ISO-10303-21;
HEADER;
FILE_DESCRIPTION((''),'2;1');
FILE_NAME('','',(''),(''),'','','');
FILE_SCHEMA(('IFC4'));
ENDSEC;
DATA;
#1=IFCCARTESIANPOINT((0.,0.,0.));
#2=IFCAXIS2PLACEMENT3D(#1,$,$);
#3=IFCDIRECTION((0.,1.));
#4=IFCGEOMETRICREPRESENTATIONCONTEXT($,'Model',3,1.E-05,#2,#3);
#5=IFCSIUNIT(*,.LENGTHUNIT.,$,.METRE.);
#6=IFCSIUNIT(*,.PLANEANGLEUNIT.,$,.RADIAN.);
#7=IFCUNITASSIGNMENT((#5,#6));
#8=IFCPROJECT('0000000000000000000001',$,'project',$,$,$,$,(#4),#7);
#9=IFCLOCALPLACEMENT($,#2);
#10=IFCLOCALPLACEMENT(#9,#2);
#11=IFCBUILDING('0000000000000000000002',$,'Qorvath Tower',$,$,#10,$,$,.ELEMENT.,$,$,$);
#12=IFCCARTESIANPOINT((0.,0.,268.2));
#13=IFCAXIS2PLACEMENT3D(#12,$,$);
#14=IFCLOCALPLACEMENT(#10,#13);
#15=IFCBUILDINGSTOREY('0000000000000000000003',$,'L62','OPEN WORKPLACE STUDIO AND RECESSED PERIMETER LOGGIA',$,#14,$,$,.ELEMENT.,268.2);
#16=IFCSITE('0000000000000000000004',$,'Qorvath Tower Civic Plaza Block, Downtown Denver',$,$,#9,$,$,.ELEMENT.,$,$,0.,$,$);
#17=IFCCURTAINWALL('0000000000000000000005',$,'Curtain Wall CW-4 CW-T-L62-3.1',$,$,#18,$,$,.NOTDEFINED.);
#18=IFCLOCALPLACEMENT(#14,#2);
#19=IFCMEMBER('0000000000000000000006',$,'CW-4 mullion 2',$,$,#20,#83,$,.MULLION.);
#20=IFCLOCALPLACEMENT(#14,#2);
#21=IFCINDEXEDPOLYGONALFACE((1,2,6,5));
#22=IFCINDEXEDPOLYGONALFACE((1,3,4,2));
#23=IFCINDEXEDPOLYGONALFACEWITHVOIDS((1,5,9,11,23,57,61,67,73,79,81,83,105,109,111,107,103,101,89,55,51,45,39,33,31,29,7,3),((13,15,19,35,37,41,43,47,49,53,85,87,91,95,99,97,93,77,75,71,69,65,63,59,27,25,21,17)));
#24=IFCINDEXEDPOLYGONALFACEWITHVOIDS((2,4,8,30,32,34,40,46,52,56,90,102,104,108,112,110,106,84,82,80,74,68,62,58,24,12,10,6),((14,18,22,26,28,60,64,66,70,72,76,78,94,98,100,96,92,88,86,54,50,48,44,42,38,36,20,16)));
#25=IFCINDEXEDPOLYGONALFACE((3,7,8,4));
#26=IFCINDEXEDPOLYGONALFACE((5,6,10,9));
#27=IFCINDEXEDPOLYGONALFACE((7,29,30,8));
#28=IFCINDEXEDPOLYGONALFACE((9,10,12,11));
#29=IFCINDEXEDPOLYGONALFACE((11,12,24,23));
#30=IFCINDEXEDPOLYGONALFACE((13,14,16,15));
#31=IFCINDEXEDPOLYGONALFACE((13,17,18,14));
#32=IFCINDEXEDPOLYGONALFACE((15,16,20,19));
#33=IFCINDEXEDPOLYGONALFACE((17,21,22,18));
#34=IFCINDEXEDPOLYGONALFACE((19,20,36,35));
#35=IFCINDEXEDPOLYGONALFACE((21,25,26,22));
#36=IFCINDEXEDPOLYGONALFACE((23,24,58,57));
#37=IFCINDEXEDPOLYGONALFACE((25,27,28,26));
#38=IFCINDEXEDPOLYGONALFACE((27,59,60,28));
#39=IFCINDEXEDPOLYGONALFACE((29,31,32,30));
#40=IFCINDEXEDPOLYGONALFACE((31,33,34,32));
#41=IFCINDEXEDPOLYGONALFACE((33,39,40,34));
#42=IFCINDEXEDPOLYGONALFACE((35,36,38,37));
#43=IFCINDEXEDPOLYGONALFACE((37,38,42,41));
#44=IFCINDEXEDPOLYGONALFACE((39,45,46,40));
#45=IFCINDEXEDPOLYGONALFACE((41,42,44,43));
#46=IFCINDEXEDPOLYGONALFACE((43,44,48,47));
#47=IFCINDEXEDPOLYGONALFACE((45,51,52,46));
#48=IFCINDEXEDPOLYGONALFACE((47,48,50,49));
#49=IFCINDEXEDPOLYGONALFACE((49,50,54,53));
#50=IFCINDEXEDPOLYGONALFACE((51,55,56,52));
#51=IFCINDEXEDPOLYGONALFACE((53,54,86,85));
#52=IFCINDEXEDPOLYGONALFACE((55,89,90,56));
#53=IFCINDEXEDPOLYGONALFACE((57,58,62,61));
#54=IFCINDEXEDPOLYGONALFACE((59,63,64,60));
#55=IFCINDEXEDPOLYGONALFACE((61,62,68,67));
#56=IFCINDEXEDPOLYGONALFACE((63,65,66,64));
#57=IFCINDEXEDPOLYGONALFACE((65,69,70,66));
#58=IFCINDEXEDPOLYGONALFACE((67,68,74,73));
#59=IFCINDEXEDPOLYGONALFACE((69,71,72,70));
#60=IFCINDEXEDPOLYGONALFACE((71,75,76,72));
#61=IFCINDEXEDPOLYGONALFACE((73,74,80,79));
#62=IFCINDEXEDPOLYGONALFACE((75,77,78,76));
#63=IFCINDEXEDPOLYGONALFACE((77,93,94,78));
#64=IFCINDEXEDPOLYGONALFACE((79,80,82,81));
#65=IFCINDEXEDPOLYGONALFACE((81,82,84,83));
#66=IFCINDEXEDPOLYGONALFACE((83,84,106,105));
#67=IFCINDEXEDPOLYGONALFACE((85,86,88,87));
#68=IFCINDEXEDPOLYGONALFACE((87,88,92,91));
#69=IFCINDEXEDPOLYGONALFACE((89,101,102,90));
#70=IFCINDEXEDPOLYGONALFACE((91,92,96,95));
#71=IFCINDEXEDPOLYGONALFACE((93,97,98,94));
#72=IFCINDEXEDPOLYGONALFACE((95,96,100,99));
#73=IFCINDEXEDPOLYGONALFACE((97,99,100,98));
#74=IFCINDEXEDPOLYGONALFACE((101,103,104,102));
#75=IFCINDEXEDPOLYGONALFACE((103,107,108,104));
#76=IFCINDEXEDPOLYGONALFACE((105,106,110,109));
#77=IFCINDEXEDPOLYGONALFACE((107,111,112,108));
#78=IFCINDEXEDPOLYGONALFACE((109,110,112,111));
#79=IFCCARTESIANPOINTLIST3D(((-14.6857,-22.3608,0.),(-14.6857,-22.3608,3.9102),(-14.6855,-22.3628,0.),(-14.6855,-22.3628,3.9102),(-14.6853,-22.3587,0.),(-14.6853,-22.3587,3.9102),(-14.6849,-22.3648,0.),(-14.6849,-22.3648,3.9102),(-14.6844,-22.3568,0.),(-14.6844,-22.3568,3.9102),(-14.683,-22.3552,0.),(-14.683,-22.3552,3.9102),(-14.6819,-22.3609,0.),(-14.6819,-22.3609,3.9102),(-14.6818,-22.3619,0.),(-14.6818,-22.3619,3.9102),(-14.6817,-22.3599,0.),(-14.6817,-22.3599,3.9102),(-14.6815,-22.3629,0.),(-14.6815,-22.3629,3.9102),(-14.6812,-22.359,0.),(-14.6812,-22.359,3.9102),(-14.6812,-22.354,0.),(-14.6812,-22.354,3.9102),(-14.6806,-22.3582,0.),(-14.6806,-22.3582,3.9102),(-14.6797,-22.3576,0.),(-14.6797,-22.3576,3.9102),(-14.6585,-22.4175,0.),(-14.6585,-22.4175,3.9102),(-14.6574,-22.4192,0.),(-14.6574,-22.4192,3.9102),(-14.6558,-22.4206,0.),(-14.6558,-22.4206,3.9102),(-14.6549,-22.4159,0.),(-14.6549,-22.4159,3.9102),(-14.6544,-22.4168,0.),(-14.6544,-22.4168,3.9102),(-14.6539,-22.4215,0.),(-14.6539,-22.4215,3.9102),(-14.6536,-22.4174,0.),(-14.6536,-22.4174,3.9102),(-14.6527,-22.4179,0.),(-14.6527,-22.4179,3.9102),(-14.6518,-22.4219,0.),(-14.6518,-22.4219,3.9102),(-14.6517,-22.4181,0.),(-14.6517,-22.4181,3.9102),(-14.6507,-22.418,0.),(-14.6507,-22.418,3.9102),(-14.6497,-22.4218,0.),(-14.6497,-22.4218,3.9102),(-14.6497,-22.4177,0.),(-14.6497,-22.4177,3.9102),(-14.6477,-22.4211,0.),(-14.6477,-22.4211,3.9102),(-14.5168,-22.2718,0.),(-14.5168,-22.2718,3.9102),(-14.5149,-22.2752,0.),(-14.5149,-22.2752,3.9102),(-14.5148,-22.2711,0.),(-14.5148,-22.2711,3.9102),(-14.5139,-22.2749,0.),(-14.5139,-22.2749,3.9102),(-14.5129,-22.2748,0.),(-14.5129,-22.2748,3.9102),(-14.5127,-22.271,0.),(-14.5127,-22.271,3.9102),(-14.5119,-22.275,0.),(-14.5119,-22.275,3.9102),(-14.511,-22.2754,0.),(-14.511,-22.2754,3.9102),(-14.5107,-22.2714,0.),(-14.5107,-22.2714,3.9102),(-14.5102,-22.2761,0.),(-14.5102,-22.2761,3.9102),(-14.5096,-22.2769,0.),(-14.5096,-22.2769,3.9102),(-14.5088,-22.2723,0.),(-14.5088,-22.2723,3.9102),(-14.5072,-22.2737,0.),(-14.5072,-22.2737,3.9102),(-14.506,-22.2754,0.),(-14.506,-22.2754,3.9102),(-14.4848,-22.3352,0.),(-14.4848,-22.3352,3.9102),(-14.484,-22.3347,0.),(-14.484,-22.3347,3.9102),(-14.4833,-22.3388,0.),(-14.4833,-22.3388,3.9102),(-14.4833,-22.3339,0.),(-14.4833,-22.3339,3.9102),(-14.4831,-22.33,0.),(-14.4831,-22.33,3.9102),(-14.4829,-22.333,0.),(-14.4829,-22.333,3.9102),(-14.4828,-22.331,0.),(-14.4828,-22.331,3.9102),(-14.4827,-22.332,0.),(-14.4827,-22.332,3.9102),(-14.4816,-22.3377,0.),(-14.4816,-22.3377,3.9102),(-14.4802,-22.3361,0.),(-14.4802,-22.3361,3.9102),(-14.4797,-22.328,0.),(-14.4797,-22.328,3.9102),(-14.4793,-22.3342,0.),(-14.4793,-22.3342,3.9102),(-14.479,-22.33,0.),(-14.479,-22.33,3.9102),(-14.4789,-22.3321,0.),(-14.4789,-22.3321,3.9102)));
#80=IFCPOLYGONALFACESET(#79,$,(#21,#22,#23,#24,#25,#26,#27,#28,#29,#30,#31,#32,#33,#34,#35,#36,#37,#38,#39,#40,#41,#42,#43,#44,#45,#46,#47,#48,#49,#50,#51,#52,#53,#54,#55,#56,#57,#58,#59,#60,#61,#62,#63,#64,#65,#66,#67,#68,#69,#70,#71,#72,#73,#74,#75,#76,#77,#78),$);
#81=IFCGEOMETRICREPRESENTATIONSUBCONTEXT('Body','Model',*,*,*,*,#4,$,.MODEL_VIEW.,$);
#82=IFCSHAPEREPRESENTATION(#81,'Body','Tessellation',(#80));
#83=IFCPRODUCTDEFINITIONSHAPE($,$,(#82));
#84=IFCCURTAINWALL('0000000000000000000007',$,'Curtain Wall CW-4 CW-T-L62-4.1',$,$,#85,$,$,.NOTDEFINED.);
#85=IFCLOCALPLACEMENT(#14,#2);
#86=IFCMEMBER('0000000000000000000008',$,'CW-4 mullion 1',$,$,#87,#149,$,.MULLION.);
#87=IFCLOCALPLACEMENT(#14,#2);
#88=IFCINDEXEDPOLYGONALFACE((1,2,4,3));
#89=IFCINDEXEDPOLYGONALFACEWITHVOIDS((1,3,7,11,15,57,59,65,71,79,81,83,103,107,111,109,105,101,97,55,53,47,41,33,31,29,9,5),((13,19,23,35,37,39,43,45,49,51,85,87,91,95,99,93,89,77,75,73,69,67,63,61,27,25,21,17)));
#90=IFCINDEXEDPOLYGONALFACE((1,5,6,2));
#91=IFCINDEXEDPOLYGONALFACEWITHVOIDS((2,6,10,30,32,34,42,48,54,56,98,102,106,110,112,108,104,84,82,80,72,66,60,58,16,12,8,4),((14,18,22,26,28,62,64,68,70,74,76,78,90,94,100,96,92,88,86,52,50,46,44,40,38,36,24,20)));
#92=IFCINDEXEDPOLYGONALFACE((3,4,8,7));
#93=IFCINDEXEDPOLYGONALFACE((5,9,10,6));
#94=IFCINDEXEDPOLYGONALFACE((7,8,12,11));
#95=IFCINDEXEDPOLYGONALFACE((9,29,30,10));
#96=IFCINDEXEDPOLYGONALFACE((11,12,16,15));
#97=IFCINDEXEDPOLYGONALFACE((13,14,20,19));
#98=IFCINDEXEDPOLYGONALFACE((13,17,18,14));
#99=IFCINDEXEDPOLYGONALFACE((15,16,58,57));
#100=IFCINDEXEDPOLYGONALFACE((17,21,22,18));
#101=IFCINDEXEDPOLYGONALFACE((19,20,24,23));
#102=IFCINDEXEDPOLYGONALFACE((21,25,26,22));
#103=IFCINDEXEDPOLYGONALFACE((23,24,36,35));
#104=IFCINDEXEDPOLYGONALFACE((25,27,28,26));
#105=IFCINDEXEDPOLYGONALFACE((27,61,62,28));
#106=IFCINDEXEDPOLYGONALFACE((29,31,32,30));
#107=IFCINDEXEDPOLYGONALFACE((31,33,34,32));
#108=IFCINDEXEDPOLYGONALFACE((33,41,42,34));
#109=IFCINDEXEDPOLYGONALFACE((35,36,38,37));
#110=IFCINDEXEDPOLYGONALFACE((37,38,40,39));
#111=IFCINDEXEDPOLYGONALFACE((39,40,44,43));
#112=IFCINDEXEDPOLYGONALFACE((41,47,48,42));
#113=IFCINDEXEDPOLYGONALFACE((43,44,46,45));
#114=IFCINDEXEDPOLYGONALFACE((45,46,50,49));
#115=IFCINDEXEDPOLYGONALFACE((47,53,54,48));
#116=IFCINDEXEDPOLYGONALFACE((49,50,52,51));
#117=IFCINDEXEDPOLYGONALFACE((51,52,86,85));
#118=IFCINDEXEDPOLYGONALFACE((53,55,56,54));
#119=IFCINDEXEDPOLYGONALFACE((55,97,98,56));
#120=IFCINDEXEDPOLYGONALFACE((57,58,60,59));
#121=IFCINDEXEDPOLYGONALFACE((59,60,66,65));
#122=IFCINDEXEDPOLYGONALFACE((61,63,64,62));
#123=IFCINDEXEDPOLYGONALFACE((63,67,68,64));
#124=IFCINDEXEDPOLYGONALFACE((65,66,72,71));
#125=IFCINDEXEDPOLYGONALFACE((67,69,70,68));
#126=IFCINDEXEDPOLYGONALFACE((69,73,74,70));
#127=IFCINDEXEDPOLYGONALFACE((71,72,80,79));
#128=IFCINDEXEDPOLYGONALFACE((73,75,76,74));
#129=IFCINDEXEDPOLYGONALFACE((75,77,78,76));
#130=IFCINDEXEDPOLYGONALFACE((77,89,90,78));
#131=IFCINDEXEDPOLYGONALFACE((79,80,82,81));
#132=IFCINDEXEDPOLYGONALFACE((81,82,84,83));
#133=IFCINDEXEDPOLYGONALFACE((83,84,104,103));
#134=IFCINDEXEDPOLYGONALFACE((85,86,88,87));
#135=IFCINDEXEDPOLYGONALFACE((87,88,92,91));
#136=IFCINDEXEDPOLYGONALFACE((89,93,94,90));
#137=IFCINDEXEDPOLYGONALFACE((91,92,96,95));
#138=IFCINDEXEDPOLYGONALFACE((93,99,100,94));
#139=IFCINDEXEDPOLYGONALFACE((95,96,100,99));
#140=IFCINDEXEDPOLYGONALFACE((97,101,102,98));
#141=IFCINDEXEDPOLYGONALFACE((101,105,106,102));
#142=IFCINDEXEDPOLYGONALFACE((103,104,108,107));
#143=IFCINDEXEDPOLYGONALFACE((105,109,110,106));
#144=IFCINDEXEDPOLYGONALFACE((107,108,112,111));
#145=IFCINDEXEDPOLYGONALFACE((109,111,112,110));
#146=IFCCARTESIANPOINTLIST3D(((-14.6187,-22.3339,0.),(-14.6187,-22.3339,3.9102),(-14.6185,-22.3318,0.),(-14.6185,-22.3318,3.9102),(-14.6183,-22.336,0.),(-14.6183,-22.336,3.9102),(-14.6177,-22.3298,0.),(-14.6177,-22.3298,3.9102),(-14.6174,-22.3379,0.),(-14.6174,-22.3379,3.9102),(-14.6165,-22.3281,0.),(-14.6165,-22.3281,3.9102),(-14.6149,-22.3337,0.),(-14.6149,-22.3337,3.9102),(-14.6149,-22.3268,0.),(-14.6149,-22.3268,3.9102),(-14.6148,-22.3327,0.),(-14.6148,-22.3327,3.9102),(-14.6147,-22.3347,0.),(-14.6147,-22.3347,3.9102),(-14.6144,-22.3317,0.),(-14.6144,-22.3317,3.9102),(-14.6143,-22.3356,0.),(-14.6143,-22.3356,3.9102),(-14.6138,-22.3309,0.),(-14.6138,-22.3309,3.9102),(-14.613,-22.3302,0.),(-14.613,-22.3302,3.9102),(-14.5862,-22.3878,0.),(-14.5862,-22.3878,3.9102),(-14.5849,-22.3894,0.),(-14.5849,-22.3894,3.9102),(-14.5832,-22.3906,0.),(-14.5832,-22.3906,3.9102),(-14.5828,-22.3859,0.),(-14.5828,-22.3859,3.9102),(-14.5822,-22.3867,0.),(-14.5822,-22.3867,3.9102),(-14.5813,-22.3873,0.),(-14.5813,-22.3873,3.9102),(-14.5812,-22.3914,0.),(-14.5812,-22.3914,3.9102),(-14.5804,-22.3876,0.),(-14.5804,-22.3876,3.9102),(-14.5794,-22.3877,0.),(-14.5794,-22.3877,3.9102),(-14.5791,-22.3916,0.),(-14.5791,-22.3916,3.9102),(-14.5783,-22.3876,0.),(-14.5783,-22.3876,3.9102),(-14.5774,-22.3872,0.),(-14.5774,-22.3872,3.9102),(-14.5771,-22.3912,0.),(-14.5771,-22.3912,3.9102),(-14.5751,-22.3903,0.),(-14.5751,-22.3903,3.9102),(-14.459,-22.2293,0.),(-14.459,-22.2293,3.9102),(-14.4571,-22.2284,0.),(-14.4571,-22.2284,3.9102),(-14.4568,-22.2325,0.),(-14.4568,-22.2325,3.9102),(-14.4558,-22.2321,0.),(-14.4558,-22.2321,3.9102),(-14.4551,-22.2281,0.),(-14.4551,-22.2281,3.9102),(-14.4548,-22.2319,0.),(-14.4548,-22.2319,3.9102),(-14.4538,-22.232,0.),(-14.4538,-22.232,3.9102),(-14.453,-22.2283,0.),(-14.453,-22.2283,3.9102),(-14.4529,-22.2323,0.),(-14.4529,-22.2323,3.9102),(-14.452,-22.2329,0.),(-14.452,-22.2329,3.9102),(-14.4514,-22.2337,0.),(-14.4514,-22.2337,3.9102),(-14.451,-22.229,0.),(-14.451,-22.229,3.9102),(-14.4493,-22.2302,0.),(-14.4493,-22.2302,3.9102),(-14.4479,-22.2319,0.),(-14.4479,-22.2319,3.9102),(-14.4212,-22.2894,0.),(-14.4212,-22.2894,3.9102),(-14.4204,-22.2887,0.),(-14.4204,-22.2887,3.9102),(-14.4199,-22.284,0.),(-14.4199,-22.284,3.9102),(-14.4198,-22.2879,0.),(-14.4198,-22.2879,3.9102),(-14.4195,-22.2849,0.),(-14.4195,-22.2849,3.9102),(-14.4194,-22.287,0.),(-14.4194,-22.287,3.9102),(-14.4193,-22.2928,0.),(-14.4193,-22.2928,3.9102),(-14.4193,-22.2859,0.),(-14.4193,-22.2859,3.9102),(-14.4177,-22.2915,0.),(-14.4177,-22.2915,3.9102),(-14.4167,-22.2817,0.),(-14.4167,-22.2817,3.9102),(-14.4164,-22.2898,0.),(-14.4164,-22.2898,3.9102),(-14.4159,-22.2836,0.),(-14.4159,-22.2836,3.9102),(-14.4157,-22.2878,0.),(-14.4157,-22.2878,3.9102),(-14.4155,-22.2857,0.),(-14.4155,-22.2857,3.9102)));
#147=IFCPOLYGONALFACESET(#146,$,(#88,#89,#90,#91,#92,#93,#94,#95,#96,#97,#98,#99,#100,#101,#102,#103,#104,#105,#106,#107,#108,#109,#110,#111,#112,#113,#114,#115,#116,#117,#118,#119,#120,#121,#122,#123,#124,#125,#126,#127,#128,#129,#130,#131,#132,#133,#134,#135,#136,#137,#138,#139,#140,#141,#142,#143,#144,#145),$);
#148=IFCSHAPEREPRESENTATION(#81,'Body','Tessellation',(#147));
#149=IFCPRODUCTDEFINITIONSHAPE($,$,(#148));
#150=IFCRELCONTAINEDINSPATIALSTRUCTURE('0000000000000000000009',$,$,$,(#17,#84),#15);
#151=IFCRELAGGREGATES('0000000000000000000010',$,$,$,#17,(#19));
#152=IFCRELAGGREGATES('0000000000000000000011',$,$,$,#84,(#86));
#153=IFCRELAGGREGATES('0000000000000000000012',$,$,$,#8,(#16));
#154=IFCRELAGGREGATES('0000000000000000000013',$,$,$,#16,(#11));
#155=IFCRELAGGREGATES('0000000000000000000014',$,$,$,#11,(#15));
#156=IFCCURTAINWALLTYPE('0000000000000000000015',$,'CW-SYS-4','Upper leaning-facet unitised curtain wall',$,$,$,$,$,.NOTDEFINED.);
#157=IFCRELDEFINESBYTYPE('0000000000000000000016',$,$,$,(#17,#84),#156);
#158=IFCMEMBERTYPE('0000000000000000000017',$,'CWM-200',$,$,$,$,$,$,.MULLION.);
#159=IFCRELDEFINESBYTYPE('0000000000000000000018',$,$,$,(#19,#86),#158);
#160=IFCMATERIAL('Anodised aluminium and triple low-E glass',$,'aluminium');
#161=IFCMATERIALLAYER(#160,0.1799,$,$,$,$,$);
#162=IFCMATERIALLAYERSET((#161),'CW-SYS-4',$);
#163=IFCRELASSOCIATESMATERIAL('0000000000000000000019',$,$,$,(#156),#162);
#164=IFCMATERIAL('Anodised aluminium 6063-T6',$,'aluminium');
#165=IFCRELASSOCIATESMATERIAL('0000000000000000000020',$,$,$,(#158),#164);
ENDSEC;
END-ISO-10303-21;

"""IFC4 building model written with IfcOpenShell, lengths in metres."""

from ifc_helpers import new_model, si_unit, direction, frame, origin, origin_2d, place, context, subcontext, project, spatial, hollow_rectangle, extrude, material, layer, layer_set, material_profile, profile_set, type_object, element, aggregate, save


model = new_model("IFC4")

# Units and contexts
model_context = context("Model", 3, precision=1e-05, world=origin(), true_north=direction((0.0, 1.0)))
body_context = subcontext(model_context, "Body", "Model", "MODEL_VIEW")
ifc_project = project(units=[si_unit("LENGTHUNIT", "METRE"), si_unit("PLANEANGLEUNIT", "RADIAN")], contexts=[model_context])

# Site, building, storey
site_placement = place(None, origin())
site = spatial("IfcSite", under=ifc_project, at=site_placement, Name="Qorvath Tower Civic Plaza Block, Downtown Denver", CompositionType="ELEMENT", RefElevation=0.0)
building_placement = place(site_placement, origin())
building = spatial("IfcBuilding", under=site, at=building_placement, Name="Qorvath Tower", CompositionType="ELEMENT")
storey_placement = place(building_placement, frame((0.0, 0.0, 268.2)))
storey = spatial("IfcBuildingStorey", under=building, at=storey_placement, Name="L62", Description="OPEN WORKPLACE STUDIO AND RECESSED PERIMETER LOGGIA", CompositionType="ELEMENT", Elevation=268.2)

# Shared definitions
ifc_material_1 = material(Name="Anodised aluminium and triple low-E glass", Category="aluminium")
ifc_layer_1 = layer(ifc_material_1, 0.1799)
ifc_layer_set_1 = layer_set([ifc_layer_1], Name="CW-SYS-4")
curtain_wall_type = type_object("IfcCurtainWallType", Name="CW-SYS-4", Description="Upper leaning-facet unitised curtain wall", PredefinedType="NOTDEFINED", material=ifc_layer_set_1)
ifc_material_2 = material(Name="Anodised aluminium 6063-T6", Category="aluminium")
ifc_material_profile_1 = material_profile(ifc_material_2, hollow_rectangle(XDim=0.075, YDim=0.2, WallThickness=0.0039, InnerFilletRadius=0.0039, OuterFilletRadius=0.0081, at=origin_2d()), Name="CWM 200x75")
ifc_profile_set_1 = profile_set([ifc_material_profile_1], Name="Anodised aluminium 6063-T6")
member_type_1 = type_object("IfcMemberType", Name="CWM-200", PredefinedType="MULLION", material=ifc_profile_set_1)

# Curtain walls, members
curtain_wall_1_placement = place(storey_placement, origin())
curtain_wall_1 = element("IfcCurtainWall", 1, at=curtain_wall_1_placement, inside=storey, type_object=curtain_wall_type, Name="Curtain Wall CW-4 CW-T-L62-3.1", PredefinedType="NOTDEFINED")
member_1_placement = place(storey_placement, frame((-14.5823, -22.3464, 0.0), z_axis=(0.0, 0.0, 1.0), x_axis=(-0.447245, 0.894412, 0.0)))
member_1 = element("IfcMember", 2, at=member_1_placement, type_object=member_type_1, Name="CW-4 mullion 2", PredefinedType="MULLION", context=body_context, shape_type="SweptSolid", body=[
    extrude(hollow_rectangle(XDim=0.075, YDim=0.2, WallThickness=0.0039, InnerFilletRadius=0.0039, OuterFilletRadius=0.0081, at=origin_2d()), origin(), (0.0, 0.0, 1.0), 3.9102),
])
curtain_wall_2_placement = place(storey_placement, origin())
curtain_wall_2 = element("IfcCurtainWall", 3, at=curtain_wall_2_placement, inside=storey, type_object=curtain_wall_type, Name="Curtain Wall CW-4 CW-T-L62-4.1", PredefinedType="NOTDEFINED")
member_2_placement = place(storey_placement, frame((-14.5171, -22.3098, 0.0), z_axis=(0.0, 0.0, 1.0), x_axis=(-0.530363, 0.847771, 0.0)))
member_2 = element("IfcMember", 4, at=member_2_placement, type_object=member_type_1, Name="CW-4 mullion 1", PredefinedType="MULLION", context=body_context, shape_type="SweptSolid", body=[
    extrude(hollow_rectangle(XDim=0.075, YDim=0.2, WallThickness=0.0039, InnerFilletRadius=0.0039, OuterFilletRadius=0.0081, at=origin_2d()), origin(), (0.0, 0.0, 1.0), 3.9102),
])

aggregate(curtain_wall_1, [member_1])
aggregate(curtain_wall_2, [member_2])

save(model, "model.ifc")
